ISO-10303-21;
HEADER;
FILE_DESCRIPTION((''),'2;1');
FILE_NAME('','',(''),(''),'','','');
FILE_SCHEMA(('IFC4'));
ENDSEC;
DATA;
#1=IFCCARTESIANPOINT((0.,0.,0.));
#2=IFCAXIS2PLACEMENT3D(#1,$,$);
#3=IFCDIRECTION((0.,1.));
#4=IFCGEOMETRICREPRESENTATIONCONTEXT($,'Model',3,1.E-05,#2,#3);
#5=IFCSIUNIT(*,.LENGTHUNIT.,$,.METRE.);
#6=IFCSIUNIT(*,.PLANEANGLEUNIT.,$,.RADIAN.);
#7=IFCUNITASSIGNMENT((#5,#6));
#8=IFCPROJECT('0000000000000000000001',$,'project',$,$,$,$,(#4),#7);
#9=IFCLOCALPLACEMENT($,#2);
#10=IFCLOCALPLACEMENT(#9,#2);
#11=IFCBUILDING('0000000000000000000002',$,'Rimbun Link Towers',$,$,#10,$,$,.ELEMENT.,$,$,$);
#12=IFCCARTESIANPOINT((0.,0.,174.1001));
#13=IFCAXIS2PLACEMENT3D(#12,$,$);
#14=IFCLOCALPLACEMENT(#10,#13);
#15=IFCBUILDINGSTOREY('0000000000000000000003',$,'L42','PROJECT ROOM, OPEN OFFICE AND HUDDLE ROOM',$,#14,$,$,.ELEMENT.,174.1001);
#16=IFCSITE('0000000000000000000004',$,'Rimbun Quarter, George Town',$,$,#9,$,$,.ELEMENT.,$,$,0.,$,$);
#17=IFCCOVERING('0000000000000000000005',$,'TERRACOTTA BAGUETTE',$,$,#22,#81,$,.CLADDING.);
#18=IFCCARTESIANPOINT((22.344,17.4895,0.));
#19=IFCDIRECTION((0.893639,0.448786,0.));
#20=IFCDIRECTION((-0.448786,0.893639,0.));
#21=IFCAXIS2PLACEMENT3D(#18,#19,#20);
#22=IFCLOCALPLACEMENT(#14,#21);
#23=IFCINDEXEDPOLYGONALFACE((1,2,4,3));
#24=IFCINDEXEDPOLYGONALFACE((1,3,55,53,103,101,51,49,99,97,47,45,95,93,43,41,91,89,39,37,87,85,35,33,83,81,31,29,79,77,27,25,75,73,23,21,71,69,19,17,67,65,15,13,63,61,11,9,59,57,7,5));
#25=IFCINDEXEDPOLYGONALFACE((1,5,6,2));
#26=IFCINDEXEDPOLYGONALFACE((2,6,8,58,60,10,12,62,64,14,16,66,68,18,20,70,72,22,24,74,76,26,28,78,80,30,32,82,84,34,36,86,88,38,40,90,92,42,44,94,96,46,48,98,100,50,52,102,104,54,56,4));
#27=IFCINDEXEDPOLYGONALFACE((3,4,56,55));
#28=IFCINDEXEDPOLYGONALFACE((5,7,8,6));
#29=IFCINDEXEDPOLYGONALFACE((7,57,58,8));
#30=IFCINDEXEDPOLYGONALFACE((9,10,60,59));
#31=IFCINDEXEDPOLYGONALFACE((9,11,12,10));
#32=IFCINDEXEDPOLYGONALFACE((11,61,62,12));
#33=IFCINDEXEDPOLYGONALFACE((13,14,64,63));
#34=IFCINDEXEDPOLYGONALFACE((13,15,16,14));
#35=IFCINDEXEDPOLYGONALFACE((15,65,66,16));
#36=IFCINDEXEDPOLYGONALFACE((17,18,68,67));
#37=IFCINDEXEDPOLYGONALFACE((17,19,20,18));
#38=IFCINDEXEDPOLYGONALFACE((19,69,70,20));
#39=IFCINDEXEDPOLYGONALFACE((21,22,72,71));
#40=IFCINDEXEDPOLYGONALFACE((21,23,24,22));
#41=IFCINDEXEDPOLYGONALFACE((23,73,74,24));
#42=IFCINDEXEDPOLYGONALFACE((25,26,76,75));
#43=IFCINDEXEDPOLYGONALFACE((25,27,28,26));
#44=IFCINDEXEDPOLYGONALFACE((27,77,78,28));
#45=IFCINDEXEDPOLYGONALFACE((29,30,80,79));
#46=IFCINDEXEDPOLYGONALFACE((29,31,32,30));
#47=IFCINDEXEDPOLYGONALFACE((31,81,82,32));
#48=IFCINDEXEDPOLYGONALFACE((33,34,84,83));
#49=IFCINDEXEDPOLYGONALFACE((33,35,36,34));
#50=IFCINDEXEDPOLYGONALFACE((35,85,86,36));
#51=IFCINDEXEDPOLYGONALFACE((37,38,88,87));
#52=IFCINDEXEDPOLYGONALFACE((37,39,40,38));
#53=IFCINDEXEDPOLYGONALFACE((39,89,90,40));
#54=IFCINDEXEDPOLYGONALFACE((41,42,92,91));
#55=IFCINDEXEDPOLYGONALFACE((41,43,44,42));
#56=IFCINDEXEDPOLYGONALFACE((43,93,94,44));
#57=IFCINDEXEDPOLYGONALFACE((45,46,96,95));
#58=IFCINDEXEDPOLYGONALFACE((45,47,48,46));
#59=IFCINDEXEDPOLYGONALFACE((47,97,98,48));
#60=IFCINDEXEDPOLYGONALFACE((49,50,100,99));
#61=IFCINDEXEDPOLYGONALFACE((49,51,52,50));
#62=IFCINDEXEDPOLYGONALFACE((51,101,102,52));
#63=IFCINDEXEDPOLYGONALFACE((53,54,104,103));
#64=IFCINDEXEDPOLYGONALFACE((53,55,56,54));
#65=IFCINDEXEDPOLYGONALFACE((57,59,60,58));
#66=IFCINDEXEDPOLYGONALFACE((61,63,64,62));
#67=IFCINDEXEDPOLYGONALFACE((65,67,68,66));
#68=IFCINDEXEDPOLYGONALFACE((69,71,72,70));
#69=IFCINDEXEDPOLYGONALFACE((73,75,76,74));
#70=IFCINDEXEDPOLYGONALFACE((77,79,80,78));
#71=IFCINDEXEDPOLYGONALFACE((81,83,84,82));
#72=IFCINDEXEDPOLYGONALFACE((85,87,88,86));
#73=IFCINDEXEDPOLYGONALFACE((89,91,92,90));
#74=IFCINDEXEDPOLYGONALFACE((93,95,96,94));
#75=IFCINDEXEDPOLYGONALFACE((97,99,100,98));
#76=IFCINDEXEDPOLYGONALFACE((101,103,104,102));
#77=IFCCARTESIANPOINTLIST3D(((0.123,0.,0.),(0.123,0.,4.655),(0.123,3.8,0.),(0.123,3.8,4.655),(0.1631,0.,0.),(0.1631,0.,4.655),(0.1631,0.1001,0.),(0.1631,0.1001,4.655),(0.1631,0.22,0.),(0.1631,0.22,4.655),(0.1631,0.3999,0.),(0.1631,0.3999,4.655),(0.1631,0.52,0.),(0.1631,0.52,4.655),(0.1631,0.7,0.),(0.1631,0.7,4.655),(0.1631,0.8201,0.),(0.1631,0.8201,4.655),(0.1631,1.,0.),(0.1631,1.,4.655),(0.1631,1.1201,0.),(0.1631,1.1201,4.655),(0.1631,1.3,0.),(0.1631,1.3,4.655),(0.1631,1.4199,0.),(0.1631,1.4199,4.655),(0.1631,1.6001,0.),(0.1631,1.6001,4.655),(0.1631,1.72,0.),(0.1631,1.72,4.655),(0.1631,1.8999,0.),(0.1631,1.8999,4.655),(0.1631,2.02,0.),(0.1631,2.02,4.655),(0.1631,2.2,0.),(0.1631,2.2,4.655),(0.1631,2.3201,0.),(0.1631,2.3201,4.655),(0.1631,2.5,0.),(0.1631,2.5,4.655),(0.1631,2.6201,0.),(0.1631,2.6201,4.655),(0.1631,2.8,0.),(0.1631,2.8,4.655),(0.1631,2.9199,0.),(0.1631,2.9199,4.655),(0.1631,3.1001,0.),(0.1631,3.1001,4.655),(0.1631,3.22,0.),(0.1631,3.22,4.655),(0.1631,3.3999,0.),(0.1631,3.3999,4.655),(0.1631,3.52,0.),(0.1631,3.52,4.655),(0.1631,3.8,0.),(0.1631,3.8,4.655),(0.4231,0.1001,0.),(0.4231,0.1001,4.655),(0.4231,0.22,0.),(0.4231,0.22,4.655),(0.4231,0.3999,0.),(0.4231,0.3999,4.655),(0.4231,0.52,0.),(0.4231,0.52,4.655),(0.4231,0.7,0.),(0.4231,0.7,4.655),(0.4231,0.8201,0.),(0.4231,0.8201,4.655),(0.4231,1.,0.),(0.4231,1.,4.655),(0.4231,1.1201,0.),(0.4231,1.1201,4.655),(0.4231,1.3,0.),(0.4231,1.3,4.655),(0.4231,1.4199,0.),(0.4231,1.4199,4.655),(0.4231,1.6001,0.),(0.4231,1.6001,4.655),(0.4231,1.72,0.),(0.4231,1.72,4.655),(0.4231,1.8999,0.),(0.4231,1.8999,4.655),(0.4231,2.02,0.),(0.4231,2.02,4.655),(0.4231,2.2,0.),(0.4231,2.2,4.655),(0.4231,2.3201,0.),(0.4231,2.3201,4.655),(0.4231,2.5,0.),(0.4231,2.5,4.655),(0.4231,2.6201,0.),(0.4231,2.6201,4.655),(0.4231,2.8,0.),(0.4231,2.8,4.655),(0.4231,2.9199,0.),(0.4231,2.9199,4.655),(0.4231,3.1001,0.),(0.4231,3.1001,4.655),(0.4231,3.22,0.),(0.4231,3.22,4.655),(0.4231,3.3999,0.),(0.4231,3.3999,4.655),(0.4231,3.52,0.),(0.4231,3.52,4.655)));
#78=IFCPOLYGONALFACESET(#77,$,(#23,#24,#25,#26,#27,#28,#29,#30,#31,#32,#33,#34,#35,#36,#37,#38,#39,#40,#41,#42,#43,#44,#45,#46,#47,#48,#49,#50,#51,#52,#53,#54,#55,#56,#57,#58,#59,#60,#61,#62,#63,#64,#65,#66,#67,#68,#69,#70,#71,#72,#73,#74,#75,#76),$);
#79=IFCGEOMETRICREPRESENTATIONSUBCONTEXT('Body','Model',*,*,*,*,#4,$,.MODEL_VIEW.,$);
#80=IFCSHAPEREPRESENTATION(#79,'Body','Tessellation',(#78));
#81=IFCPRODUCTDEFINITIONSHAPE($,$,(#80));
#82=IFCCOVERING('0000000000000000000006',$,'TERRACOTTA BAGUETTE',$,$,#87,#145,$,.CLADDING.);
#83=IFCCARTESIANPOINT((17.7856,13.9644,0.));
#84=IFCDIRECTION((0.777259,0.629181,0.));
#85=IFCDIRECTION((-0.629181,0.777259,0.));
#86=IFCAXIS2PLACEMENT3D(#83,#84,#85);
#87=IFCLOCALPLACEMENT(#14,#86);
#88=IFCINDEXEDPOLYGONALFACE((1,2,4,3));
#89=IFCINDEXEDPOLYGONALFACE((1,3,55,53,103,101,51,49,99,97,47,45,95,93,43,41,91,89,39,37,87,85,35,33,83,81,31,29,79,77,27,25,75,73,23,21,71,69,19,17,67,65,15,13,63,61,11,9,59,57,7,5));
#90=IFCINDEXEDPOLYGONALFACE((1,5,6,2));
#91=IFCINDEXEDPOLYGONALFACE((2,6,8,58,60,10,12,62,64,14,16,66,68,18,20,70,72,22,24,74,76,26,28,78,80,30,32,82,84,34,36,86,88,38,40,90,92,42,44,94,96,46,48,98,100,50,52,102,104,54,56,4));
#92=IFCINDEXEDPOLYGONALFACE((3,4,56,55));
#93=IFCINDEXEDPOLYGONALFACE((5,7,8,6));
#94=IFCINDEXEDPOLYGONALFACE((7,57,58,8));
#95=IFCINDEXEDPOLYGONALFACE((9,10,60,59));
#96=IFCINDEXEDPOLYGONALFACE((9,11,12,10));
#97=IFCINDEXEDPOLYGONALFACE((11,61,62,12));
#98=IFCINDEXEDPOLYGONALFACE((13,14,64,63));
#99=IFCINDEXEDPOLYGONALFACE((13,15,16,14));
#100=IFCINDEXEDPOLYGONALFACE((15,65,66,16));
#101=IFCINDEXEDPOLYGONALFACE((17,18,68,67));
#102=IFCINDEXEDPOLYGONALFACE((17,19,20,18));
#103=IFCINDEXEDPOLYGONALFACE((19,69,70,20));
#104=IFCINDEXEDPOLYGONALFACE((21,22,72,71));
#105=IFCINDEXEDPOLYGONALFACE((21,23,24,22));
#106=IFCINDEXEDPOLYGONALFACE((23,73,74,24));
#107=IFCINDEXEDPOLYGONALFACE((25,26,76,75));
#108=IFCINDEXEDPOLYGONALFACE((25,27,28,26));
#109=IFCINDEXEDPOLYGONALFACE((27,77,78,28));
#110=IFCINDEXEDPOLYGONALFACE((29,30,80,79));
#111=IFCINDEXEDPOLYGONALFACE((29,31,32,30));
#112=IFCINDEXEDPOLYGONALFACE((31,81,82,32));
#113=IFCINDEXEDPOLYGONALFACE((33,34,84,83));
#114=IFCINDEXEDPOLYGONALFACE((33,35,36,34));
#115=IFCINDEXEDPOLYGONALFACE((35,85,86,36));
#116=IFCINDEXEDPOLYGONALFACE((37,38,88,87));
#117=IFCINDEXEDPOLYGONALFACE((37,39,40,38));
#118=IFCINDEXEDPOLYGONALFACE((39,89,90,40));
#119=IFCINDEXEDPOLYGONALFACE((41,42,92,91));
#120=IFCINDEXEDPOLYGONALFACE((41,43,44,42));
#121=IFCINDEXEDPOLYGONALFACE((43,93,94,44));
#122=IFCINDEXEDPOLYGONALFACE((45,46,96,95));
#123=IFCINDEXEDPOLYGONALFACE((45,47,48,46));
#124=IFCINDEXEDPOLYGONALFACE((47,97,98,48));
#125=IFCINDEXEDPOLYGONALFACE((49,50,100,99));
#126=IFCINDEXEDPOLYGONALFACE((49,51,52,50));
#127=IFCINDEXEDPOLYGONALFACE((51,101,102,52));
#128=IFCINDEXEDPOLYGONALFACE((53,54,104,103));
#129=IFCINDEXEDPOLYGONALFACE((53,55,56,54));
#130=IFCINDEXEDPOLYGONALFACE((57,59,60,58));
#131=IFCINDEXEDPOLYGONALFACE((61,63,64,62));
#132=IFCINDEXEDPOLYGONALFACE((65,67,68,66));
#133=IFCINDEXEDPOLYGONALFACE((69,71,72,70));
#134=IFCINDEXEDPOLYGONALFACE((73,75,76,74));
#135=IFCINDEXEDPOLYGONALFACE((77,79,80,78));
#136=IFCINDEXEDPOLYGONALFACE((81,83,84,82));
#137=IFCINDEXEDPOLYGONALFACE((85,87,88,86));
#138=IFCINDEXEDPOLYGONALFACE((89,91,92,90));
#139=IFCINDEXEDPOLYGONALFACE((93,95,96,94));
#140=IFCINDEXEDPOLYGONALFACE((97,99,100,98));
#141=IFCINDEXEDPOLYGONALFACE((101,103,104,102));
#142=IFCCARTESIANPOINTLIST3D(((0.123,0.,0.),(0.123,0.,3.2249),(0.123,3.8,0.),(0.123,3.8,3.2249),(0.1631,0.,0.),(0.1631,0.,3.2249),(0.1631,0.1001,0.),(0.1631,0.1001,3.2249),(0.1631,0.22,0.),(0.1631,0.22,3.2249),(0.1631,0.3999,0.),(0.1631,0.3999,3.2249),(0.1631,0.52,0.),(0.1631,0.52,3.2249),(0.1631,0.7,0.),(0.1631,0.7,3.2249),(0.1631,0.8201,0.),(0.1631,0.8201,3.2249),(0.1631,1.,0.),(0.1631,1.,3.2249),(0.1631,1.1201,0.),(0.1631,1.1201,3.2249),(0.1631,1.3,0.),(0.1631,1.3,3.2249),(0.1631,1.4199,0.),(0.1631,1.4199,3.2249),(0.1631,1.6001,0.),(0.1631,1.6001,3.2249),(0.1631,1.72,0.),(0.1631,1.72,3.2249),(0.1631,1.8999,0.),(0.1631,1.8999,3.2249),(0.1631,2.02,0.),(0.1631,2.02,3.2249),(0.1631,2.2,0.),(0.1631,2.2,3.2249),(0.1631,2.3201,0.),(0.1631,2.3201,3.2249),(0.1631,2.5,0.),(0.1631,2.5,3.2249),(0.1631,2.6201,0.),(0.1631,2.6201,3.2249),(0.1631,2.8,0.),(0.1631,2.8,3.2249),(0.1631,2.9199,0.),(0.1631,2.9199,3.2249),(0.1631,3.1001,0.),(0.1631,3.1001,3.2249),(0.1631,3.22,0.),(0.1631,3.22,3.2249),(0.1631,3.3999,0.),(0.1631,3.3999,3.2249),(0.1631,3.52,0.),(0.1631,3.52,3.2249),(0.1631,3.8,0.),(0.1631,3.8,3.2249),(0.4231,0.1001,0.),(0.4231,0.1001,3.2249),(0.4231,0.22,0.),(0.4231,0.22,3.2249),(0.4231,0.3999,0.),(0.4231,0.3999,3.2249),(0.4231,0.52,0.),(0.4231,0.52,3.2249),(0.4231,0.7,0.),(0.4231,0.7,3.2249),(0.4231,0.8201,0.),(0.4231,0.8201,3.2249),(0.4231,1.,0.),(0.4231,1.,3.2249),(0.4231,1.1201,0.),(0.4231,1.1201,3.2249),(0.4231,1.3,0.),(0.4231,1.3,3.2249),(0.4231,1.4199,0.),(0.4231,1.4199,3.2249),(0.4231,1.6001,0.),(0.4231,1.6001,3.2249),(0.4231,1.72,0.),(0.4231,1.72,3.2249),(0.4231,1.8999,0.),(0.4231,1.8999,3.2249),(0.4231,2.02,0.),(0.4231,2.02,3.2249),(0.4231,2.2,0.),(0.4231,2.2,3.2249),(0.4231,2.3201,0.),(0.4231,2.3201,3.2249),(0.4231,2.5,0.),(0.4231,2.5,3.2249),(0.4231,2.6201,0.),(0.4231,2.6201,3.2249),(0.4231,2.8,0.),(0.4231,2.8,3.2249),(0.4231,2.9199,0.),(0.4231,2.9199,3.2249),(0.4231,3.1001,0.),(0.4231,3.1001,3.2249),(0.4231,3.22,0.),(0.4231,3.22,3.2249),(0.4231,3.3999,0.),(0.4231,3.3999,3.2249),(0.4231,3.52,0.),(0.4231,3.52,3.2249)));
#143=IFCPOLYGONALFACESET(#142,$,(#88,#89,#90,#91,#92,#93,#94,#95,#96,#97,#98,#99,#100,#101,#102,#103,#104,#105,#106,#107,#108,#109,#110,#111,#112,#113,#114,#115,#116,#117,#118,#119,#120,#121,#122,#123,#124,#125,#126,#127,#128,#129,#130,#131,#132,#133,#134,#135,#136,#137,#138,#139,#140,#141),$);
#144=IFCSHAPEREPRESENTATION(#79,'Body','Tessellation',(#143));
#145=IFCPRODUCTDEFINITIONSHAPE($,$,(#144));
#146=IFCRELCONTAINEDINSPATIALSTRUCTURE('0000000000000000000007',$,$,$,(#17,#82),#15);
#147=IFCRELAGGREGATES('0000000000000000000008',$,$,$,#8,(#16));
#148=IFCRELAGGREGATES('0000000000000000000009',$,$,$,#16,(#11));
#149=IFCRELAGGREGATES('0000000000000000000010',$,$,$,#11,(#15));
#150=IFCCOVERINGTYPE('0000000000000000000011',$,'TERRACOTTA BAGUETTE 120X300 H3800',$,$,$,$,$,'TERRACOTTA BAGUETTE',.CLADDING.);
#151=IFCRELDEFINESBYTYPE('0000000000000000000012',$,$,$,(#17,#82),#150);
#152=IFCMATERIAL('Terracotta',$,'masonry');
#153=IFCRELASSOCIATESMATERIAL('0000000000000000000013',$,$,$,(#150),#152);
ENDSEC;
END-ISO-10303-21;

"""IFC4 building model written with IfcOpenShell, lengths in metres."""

from ifc_helpers import new_model, si_unit, direction, frame, origin, place, context, subcontext, project, spatial, polyline, outline, extrude, material, material_profile, profile_set, type_object, element, save


model = new_model("IFC4")

# Units and contexts
model_context = context("Model", 3, precision=1e-05, world=origin(), true_north=direction((0.0, 1.0)))
body_context = subcontext(model_context, "Body", "Model", "MODEL_VIEW")
ifc_project = project(units=[si_unit("LENGTHUNIT", "METRE"), si_unit("PLANEANGLEUNIT", "RADIAN")], contexts=[model_context])

# Site, building, storey
site_placement = place(None, origin())
site = spatial("IfcSite", under=ifc_project, at=site_placement, Name="Rimbun Quarter, George Town", CompositionType="ELEMENT", RefElevation=0.0)
building_placement = place(site_placement, origin())
building = spatial("IfcBuilding", under=site, at=building_placement, Name="Rimbun Link Towers", CompositionType="ELEMENT")
storey_placement = place(building_placement, frame((0.0, 0.0, 174.1001)))
storey = spatial("IfcBuildingStorey", under=building, at=storey_placement, Name="L42", Description="PROJECT ROOM, OPEN OFFICE AND HUDDLE ROOM", CompositionType="ELEMENT", Elevation=174.1001)

# Coverings
ifc_material_1 = material(Name="Terracotta", Category="masonry")
ifc_material_profile_1 = material_profile(ifc_material_1, outline(polyline([(0.123, 0.0), (0.1631, 0.0), (0.1631, 0.1001), (0.4231, 0.1001), (0.4231, 0.22), (0.1631, 0.22), (0.1631, 0.3999), (0.4231, 0.3999), (0.4231, 0.52), (0.1631, 0.52), (0.1631, 0.7), (0.4231, 0.7), (0.4231, 0.8201), (0.1631, 0.8201), (0.1631, 1.0), (0.4231, 1.0), (0.4231, 1.1201), (0.1631, 1.1201), (0.1631, 1.3), (0.4231, 1.3), (0.4231, 1.4199), (0.1631, 1.4199), (0.1631, 1.6001), (0.4231, 1.6001), (0.4231, 1.72), (0.1631, 1.72), (0.1631, 1.8999), (0.4231, 1.8999), (0.4231, 2.02), (0.1631, 2.02), (0.1631, 2.2), (0.4231, 2.2), (0.4231, 2.3201), (0.1631, 2.3201), (0.1631, 2.5), (0.4231, 2.5), (0.4231, 2.6201), (0.1631, 2.6201), (0.1631, 2.8), (0.4231, 2.8), (0.4231, 2.9199), (0.1631, 2.9199), (0.1631, 3.1001), (0.4231, 3.1001), (0.4231, 3.22), (0.1631, 3.22), (0.1631, 3.3999), (0.4231, 3.3999), (0.4231, 3.52), (0.1631, 3.52), (0.1631, 3.8), (0.123, 3.8), (0.123, 0.0)])), Name="BAGUETTE 120X300")
ifc_profile_set_1 = profile_set([ifc_material_profile_1], Name="Terracotta")
covering_type = type_object("IfcCoveringType", Name="TERRACOTTA BAGUETTE 120X300 H3800", ElementType="TERRACOTTA BAGUETTE", PredefinedType="CLADDING", material=ifc_profile_set_1)
covering_1_placement = place(storey_placement, frame((22.344, 17.4895, 0.0), z_axis=(0.893639, 0.448786, 0.0), x_axis=(-0.448786, 0.893639, 0.0)))
element("IfcCovering", 1, at=covering_1_placement, inside=storey, type_object=covering_type, Name="TERRACOTTA BAGUETTE", PredefinedType="CLADDING", context=body_context, shape_type="SweptSolid", body=[
    extrude(outline(polyline([(0.123, 0.0), (0.1631, 0.0), (0.1631, 0.1001), (0.4231, 0.1001), (0.4231, 0.22), (0.1631, 0.22), (0.1631, 0.3999), (0.4231, 0.3999), (0.4231, 0.52), (0.1631, 0.52), (0.1631, 0.7), (0.4231, 0.7), (0.4231, 0.8201), (0.1631, 0.8201), (0.1631, 1.0), (0.4231, 1.0), (0.4231, 1.1201), (0.1631, 1.1201), (0.1631, 1.3), (0.4231, 1.3), (0.4231, 1.4199), (0.1631, 1.4199), (0.1631, 1.6001), (0.4231, 1.6001), (0.4231, 1.72), (0.1631, 1.72), (0.1631, 1.8999), (0.4231, 1.8999), (0.4231, 2.02), (0.1631, 2.02), (0.1631, 2.2), (0.4231, 2.2), (0.4231, 2.3201), (0.1631, 2.3201), (0.1631, 2.5), (0.4231, 2.5), (0.4231, 2.6201), (0.1631, 2.6201), (0.1631, 2.8), (0.4231, 2.8), (0.4231, 2.9199), (0.1631, 2.9199), (0.1631, 3.1001), (0.4231, 3.1001), (0.4231, 3.22), (0.1631, 3.22), (0.1631, 3.3999), (0.4231, 3.3999), (0.4231, 3.52), (0.1631, 3.52), (0.1631, 3.8), (0.123, 3.8), (0.123, 0.0)])), origin(), (0.0, 0.0, 1.0), 4.655),
])
covering_2_placement = place(storey_placement, frame((17.7856, 13.9644, 0.0), z_axis=(0.777259, 0.629181, 0.0), x_axis=(-0.629181, 0.777259, 0.0)))
element("IfcCovering", 2, at=covering_2_placement, inside=storey, type_object=covering_type, Name="TERRACOTTA BAGUETTE", PredefinedType="CLADDING", context=body_context, shape_type="SweptSolid", body=[
    extrude(outline(polyline([(0.123, 0.0), (0.1631, 0.0), (0.1631, 0.1001), (0.4231, 0.1001), (0.4231, 0.22), (0.1631, 0.22), (0.1631, 0.3999), (0.4231, 0.3999), (0.4231, 0.52), (0.1631, 0.52), (0.1631, 0.7), (0.4231, 0.7), (0.4231, 0.8201), (0.1631, 0.8201), (0.1631, 1.0), (0.4231, 1.0), (0.4231, 1.1201), (0.1631, 1.1201), (0.1631, 1.3), (0.4231, 1.3), (0.4231, 1.4199), (0.1631, 1.4199), (0.1631, 1.6001), (0.4231, 1.6001), (0.4231, 1.72), (0.1631, 1.72), (0.1631, 1.8999), (0.4231, 1.8999), (0.4231, 2.02), (0.1631, 2.02), (0.1631, 2.2), (0.4231, 2.2), (0.4231, 2.3201), (0.1631, 2.3201), (0.1631, 2.5), (0.4231, 2.5), (0.4231, 2.6201), (0.1631, 2.6201), (0.1631, 2.8), (0.4231, 2.8), (0.4231, 2.9199), (0.1631, 2.9199), (0.1631, 3.1001), (0.4231, 3.1001), (0.4231, 3.22), (0.1631, 3.22), (0.1631, 3.3999), (0.4231, 3.3999), (0.4231, 3.52), (0.1631, 3.52), (0.1631, 3.8), (0.123, 3.8), (0.123, 0.0)])), origin(), (0.0, 0.0, 1.0), 3.2249),
])

save(model, "model.ifc")
